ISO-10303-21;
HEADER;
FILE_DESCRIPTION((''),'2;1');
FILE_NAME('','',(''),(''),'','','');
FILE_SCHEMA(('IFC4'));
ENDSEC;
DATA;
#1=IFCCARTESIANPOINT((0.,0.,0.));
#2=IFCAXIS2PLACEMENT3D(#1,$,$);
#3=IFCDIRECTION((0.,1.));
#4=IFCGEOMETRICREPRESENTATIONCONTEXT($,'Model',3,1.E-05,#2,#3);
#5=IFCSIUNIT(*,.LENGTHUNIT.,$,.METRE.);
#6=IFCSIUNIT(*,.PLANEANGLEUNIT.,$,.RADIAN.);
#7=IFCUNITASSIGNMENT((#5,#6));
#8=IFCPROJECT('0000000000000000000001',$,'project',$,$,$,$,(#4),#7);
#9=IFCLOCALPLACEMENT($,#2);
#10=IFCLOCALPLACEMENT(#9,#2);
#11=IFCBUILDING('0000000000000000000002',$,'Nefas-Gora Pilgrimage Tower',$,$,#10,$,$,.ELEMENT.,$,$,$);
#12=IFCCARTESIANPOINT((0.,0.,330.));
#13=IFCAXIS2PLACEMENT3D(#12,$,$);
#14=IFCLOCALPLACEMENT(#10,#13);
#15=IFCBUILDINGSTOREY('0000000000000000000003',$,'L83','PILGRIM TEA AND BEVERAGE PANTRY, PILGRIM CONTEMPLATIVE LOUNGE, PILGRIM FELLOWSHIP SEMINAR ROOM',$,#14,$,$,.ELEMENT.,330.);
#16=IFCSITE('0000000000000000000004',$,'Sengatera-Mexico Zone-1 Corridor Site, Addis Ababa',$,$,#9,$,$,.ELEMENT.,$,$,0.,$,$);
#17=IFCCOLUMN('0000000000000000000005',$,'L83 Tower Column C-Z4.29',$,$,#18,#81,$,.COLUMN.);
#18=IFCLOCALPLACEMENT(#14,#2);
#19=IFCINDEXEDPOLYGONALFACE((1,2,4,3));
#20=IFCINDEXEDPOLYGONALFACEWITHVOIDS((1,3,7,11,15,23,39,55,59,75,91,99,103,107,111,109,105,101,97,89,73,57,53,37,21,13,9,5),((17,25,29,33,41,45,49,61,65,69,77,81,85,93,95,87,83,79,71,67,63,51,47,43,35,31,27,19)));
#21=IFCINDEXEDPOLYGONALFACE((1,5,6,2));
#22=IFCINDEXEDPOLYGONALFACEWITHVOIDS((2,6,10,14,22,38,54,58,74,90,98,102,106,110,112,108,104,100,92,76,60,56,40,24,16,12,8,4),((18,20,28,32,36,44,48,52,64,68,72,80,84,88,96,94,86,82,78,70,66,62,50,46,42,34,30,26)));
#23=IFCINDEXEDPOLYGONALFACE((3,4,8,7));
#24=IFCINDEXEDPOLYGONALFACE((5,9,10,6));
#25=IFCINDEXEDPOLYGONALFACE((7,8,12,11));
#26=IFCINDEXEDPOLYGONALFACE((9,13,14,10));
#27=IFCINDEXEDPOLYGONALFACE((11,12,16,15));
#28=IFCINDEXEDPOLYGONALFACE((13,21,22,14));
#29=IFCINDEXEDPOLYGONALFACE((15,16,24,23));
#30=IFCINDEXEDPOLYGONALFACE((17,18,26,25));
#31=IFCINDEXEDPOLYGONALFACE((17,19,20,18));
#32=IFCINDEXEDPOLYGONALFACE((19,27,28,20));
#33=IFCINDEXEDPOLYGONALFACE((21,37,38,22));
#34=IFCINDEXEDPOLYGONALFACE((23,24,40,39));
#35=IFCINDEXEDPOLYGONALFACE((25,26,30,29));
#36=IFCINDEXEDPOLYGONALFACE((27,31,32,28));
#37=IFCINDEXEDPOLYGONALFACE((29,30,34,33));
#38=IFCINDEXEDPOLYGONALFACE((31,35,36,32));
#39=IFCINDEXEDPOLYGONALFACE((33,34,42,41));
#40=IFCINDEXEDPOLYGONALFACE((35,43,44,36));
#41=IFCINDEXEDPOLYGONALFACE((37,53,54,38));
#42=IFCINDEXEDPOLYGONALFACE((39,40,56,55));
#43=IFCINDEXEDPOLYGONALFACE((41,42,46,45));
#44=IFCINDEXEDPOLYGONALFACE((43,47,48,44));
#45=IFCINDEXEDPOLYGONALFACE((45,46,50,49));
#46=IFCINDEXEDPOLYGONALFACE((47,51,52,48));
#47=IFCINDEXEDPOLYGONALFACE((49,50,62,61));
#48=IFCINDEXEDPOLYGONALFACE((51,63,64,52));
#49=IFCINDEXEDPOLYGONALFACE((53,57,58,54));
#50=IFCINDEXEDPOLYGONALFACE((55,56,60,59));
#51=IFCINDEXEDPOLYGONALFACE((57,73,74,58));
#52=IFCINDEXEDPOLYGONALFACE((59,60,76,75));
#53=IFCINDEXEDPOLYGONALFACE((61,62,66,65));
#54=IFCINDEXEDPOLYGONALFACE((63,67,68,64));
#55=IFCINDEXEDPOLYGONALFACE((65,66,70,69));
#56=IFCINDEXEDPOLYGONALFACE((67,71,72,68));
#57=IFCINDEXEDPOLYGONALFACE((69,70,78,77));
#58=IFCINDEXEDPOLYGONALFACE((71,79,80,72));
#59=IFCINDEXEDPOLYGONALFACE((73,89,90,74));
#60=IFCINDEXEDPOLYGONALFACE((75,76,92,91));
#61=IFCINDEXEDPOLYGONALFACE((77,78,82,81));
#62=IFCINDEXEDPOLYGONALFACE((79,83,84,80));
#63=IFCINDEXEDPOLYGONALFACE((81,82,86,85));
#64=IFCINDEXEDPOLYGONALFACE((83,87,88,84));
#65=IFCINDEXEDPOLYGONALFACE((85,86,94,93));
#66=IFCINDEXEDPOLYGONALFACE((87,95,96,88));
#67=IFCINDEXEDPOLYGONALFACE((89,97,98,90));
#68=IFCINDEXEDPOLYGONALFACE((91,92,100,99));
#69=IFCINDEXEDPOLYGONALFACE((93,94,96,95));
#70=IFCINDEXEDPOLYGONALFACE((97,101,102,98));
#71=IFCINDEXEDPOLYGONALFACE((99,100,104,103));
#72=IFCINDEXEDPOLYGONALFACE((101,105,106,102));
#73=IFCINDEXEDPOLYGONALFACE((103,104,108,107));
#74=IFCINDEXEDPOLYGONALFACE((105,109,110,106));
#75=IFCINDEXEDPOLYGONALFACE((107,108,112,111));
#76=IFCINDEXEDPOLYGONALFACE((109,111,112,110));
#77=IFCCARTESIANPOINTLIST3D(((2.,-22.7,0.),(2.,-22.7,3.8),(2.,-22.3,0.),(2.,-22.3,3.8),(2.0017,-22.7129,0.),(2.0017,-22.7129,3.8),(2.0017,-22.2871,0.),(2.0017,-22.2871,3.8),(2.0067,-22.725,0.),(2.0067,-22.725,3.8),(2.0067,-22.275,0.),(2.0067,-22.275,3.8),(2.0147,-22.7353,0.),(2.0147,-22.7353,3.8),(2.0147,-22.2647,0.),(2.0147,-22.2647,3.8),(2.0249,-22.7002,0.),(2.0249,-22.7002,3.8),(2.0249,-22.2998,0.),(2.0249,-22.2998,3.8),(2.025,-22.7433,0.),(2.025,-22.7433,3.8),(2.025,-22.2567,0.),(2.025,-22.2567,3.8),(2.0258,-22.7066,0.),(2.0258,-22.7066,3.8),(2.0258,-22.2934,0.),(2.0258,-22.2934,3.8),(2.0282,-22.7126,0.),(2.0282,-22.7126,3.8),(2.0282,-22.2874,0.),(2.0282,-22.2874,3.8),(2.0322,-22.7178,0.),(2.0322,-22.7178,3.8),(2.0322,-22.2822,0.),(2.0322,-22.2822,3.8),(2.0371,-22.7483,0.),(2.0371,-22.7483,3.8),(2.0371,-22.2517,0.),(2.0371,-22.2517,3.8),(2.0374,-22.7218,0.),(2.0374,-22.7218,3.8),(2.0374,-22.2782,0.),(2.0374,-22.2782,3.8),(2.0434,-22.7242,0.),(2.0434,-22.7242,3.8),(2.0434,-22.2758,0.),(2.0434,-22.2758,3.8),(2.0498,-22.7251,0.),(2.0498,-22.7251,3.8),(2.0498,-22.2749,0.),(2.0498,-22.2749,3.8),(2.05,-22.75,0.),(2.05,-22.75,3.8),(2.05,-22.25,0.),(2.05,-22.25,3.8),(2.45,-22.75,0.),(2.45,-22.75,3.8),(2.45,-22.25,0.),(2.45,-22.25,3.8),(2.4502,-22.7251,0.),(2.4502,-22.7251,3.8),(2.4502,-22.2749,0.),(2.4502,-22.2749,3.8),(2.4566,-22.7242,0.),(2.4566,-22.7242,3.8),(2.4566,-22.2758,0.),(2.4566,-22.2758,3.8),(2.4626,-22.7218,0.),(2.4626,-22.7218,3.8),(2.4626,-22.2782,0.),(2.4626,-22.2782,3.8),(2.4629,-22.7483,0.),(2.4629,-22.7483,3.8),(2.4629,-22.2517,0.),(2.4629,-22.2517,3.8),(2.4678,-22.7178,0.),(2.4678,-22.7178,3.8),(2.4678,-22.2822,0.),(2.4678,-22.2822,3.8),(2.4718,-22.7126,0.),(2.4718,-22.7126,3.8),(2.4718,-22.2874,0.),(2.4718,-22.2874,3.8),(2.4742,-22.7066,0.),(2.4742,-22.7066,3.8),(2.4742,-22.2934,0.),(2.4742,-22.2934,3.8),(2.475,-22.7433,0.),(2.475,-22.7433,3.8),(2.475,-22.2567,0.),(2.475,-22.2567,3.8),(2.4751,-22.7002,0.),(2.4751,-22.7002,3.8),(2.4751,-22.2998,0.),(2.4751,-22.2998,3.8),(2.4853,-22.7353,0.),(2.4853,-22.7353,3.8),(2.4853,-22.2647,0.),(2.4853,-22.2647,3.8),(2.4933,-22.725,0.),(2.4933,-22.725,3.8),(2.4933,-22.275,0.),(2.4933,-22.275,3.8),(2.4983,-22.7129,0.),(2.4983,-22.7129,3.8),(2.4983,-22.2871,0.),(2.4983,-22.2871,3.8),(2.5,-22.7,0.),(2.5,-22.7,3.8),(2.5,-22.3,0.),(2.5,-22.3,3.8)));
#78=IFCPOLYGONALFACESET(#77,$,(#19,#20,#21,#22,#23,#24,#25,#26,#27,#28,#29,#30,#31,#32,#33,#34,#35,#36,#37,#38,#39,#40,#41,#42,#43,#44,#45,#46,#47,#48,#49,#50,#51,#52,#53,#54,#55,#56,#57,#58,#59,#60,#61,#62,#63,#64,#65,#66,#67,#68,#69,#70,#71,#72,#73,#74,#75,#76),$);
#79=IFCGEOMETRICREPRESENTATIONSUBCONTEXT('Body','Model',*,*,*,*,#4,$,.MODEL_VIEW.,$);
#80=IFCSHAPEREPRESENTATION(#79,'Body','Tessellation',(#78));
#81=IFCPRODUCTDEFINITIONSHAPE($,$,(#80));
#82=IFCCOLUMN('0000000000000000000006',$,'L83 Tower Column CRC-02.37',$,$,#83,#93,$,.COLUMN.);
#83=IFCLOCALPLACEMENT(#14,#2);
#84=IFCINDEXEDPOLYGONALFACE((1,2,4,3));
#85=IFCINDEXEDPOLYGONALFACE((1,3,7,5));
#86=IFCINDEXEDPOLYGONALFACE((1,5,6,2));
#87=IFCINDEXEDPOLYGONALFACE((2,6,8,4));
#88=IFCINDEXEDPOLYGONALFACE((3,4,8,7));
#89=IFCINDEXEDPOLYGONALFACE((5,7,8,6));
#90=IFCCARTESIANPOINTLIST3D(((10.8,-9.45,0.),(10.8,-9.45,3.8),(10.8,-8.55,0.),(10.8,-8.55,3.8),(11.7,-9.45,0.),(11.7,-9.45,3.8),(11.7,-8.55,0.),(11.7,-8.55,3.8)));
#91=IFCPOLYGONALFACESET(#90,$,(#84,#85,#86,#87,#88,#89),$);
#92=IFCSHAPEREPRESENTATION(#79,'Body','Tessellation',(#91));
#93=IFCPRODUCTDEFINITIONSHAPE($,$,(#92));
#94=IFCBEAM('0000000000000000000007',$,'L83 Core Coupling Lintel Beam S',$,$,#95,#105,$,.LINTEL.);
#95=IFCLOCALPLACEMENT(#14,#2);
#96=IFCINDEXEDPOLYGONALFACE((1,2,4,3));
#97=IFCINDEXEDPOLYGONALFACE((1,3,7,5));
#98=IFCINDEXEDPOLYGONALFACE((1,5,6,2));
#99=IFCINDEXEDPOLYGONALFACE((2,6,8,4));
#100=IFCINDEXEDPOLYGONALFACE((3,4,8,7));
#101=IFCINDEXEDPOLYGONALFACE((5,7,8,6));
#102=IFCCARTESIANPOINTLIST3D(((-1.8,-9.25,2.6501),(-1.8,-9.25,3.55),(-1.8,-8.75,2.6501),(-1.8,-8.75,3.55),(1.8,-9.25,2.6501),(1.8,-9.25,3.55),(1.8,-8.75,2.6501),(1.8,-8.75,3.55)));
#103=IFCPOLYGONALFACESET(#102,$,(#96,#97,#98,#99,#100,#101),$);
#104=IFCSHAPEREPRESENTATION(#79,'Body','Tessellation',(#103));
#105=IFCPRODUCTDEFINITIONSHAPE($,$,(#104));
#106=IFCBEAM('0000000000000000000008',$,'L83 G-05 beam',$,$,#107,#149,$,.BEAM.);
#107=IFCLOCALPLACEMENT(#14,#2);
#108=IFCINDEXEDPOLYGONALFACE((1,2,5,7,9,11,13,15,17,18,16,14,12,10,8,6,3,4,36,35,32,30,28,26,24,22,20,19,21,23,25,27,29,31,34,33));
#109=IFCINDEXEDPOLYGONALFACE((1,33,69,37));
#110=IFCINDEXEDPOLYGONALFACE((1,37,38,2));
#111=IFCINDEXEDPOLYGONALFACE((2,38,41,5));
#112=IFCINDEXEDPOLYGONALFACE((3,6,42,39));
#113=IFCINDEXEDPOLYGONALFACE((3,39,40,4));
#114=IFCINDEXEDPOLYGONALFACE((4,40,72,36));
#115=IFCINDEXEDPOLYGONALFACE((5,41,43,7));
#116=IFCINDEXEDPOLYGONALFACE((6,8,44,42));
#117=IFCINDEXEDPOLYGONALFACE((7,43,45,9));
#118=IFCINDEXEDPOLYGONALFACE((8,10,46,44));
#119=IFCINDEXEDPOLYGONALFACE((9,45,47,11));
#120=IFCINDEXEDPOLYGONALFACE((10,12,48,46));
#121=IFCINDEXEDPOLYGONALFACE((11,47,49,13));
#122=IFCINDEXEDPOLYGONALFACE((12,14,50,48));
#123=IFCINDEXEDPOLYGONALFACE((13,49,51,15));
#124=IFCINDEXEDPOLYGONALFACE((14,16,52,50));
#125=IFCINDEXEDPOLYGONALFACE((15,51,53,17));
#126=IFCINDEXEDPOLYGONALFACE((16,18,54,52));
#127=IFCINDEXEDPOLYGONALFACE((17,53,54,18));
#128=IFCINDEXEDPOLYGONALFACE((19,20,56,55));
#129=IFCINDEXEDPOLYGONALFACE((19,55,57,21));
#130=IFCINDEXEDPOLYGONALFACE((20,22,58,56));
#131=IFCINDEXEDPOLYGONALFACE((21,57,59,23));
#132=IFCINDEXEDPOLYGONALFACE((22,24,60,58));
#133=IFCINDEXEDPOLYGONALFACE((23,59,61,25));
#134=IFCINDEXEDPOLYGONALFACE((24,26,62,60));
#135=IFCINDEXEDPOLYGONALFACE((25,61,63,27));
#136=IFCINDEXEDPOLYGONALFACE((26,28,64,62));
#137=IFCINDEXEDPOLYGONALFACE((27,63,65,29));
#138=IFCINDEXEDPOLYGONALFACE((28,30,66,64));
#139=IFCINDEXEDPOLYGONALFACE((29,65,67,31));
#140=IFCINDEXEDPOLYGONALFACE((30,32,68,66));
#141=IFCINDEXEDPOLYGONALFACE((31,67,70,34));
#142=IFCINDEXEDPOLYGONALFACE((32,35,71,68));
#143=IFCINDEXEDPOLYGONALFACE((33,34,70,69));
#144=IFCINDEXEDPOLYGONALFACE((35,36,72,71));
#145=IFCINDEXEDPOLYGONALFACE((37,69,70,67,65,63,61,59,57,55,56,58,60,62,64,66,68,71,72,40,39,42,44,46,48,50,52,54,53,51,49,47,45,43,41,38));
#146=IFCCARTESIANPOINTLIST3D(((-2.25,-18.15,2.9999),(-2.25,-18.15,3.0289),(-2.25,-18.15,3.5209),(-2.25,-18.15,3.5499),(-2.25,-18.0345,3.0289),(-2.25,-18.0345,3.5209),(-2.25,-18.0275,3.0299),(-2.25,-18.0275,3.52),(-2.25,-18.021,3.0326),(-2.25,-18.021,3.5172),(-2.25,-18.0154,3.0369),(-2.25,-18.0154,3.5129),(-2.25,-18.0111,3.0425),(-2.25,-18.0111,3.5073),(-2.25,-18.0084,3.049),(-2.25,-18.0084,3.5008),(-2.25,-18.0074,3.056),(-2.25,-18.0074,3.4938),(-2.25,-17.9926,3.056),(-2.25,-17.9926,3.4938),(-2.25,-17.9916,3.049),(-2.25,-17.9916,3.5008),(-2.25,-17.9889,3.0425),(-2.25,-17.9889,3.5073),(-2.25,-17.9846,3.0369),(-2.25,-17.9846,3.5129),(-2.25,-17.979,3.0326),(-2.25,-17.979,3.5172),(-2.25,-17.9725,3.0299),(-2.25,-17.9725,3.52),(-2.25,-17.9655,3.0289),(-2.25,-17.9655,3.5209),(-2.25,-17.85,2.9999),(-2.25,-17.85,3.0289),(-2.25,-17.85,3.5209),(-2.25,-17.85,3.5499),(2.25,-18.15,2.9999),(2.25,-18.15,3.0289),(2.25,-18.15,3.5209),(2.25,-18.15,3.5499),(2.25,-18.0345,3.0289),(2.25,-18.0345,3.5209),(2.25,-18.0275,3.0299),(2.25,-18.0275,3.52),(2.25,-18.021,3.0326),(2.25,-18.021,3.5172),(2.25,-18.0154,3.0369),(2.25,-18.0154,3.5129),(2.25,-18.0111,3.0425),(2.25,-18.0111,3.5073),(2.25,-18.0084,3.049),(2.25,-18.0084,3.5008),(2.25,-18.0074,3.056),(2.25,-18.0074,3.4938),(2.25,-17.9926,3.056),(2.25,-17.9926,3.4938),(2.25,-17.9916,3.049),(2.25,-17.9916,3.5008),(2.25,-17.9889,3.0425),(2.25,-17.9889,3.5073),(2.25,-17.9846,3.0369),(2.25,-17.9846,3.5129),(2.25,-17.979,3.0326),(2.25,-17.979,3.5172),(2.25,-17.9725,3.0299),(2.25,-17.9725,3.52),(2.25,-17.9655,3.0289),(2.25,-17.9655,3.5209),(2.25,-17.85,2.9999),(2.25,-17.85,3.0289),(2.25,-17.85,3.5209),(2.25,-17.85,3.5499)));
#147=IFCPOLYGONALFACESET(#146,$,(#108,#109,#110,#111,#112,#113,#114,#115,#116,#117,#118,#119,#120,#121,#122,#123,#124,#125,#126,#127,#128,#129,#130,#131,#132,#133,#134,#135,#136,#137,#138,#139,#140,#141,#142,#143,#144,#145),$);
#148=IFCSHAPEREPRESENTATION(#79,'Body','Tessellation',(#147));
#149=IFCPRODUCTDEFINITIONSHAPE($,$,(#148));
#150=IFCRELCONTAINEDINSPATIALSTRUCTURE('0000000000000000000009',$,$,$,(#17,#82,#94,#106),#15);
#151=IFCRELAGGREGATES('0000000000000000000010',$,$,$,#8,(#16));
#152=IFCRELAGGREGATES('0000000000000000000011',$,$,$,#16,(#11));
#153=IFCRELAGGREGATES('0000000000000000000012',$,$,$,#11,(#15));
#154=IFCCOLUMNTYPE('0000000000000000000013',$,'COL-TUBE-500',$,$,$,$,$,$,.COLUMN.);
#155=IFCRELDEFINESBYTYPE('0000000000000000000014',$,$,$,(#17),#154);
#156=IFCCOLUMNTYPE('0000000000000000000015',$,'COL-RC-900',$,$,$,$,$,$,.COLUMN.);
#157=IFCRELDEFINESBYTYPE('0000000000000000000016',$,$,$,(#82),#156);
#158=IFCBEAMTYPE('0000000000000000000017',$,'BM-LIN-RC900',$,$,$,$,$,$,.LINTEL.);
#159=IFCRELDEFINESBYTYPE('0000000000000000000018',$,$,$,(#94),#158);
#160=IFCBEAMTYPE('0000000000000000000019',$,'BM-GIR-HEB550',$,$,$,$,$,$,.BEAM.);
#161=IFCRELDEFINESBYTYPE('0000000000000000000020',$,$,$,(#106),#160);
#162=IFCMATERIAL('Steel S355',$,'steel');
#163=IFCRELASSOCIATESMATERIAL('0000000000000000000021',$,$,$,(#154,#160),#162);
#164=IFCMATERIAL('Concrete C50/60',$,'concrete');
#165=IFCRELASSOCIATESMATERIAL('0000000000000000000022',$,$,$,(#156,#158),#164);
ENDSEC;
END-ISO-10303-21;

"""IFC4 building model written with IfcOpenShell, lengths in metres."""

from ifc_helpers import new_model, si_unit, direction, frame, origin, origin_2d, place, context, subcontext, project, spatial, rectangle, hollow_rectangle, i_section, extrude, source, transform, mapped, material, material_profile, profile_set, type_object, element, save


model = new_model("IFC4")

# Units and contexts
model_context = context("Model", 3, precision=1e-05, world=origin(), true_north=direction((0.0, 1.0)))
body_context = subcontext(model_context, "Body", "Model", "MODEL_VIEW")
ifc_project = project(units=[si_unit("LENGTHUNIT", "METRE"), si_unit("PLANEANGLEUNIT", "RADIAN")], contexts=[model_context])

# Site, building, storey
site_placement = place(None, origin())
site = spatial("IfcSite", under=ifc_project, at=site_placement, Name="Sengatera-Mexico Zone-1 Corridor Site, Addis Ababa", CompositionType="ELEMENT", RefElevation=0.0)
building_placement = place(site_placement, origin())
building = spatial("IfcBuilding", under=site, at=building_placement, Name="Nefas-Gora Pilgrimage Tower", CompositionType="ELEMENT")
storey_placement = place(building_placement, frame((0.0, 0.0, 330.0)))
storey = spatial("IfcBuildingStorey", under=building, at=storey_placement, Name="L83", Description="PILGRIM TEA AND BEVERAGE PANTRY, PILGRIM CONTEMPLATIVE LOUNGE, PILGRIM FELLOWSHIP SEMINAR ROOM", CompositionType="ELEMENT", Elevation=330.0)

# Columns
ifc_material_1 = material(Name="Steel S355", Category="steel")
ifc_material_profile_1 = material_profile(ifc_material_1, hollow_rectangle(XDim=0.5, YDim=0.5, WallThickness=0.0249, InnerFilletRadius=0.0249, OuterFilletRadius=0.05, at=origin_2d()), Name="SHS 500x500x25")
ifc_profile_set_1 = profile_set([ifc_material_profile_1], Name="Steel S355")
column_type_1 = type_object("IfcColumnType", Name="COL-TUBE-500", PredefinedType="COLUMN", material=ifc_profile_set_1)
shared_shape_1 = source(origin(), body_context, "Body", "SweptSolid", [
    extrude(hollow_rectangle(XDim=0.5, YDim=0.5, WallThickness=0.0249, InnerFilletRadius=0.0249, OuterFilletRadius=0.05, at=origin_2d()), origin(), (0.0, 0.0, 1.0), 3.8),
])
column_1_placement = place(storey_placement, frame((2.25, -22.5, 0.0), z_axis=(0.0, 0.0, 1.0), x_axis=(1.0, 0.0, 0.0)))
element("IfcColumn", 1, at=column_1_placement, inside=storey, type_object=column_type_1, Name="L83 Tower Column C-Z4.29", PredefinedType="COLUMN", context=body_context, shape_type="MappedRepresentation", body=[
    mapped(shared_shape_1, transform((0.0, 0.0, 0.0), x_axis=(1.0, 0.0, 0.0), y_axis=(0.0, 1.0, 0.0), z_axis=(0.0, 0.0, 1.0), scale=1.0)),
])
ifc_material_2 = material(Name="Concrete C50/60", Category="concrete")
ifc_material_profile_2 = material_profile(ifc_material_2, rectangle(XDim=0.8999, YDim=0.8999, at=origin_2d()), Name="RC 900x900")
ifc_profile_set_2 = profile_set([ifc_material_profile_2], Name="Concrete C50/60")
column_type_2 = type_object("IfcColumnType", Name="COL-RC-900", PredefinedType="COLUMN", material=ifc_profile_set_2)
shared_shape_2 = source(origin(), body_context, "Body", "SweptSolid", [
    extrude(rectangle(XDim=0.8999, YDim=0.8999, at=origin_2d()), origin(), (0.0, 0.0, 1.0), 3.8),
])
column_2_placement = place(storey_placement, frame((11.25, -9.0, 0.0), z_axis=(0.0, 0.0, 1.0), x_axis=(1.0, 0.0, 0.0)))
element("IfcColumn", 2, at=column_2_placement, inside=storey, type_object=column_type_2, Name="L83 Tower Column CRC-02.37", PredefinedType="COLUMN", context=body_context, shape_type="MappedRepresentation", body=[
    mapped(shared_shape_2, transform((0.0, 0.0, 0.0), x_axis=(1.0, 0.0, 0.0), y_axis=(0.0, 1.0, 0.0), z_axis=(0.0, 0.0, 1.0), scale=1.0)),
])

# Beams
ifc_material_profile_3 = material_profile(ifc_material_2, rectangle(XDim=0.5, YDim=0.8999, at=origin_2d()), Name="RC 500x900")
ifc_profile_set_3 = profile_set([ifc_material_profile_3], Name="Concrete C50/60")
beam_type_1 = type_object("IfcBeamType", Name="BM-LIN-RC900", PredefinedType="LINTEL", material=ifc_profile_set_3)
shared_shape_3 = source(origin(), body_context, "Body", "SweptSolid", [
    extrude(rectangle(XDim=0.5, YDim=0.8999, at=origin_2d()), origin(), (0.0, 0.0, 1.0), 3.6001),
])
beam_placement = place(storey_placement, frame((-1.8, -9.0, 3.1001), z_axis=(1.0, 0.0, 0.0), x_axis=(0.0, 1.0, 0.0)))
element("IfcBeam", 3, at=beam_placement, inside=storey, type_object=beam_type_1, Name="L83 Core Coupling Lintel Beam S", PredefinedType="LINTEL", context=body_context, shape_type="MappedRepresentation", body=[
    mapped(shared_shape_3, transform((0.0, 0.0, 0.0), x_axis=(1.0, 0.0, 0.0), y_axis=(0.0, 1.0, 0.0), z_axis=(0.0, 0.0, 1.0), scale=1.0)),
])
ifc_material_profile_4 = material_profile(ifc_material_1, i_section(OverallWidth=0.3, OverallDepth=0.55, WebThickness=0.0149, FlangeThickness=0.0291, FilletRadius=0.0271, at=origin_2d()), Name="HEB 550")
ifc_profile_set_4 = profile_set([ifc_material_profile_4], Name="Steel S355")
beam_type_2 = type_object("IfcBeamType", Name="BM-GIR-HEB550", PredefinedType="BEAM", material=ifc_profile_set_4)
shared_shape_4 = source(origin(), body_context, "Body", "SweptSolid", [
    extrude(i_section(OverallWidth=0.3, OverallDepth=0.55, WebThickness=0.0149, FlangeThickness=0.0291, FilletRadius=0.0271, at=origin_2d()), origin(), (0.0, 0.0, 1.0), 4.5),
])
for number, where, z_axis, x_axis, name in (
    (4, (-2.25, -18.0, 3.2749), (1.0, 0.0, 0.0), (0.0, 1.0, 0.0), "L83 G-05 beam"),
):
    element("IfcBeam", number, at=place(storey_placement, frame(where, z_axis=z_axis, x_axis=x_axis)), inside=storey, type_object=beam_type_2, Name=name, PredefinedType="BEAM", context=body_context, shape_type="MappedRepresentation", body=[
        mapped(shared_shape_4, transform((0.0, 0.0, 0.0), x_axis=(1.0, 0.0, 0.0), y_axis=(0.0, 1.0, 0.0), z_axis=(0.0, 0.0, 1.0), scale=1.0)),
    ])

save(model, "model.ifc")
